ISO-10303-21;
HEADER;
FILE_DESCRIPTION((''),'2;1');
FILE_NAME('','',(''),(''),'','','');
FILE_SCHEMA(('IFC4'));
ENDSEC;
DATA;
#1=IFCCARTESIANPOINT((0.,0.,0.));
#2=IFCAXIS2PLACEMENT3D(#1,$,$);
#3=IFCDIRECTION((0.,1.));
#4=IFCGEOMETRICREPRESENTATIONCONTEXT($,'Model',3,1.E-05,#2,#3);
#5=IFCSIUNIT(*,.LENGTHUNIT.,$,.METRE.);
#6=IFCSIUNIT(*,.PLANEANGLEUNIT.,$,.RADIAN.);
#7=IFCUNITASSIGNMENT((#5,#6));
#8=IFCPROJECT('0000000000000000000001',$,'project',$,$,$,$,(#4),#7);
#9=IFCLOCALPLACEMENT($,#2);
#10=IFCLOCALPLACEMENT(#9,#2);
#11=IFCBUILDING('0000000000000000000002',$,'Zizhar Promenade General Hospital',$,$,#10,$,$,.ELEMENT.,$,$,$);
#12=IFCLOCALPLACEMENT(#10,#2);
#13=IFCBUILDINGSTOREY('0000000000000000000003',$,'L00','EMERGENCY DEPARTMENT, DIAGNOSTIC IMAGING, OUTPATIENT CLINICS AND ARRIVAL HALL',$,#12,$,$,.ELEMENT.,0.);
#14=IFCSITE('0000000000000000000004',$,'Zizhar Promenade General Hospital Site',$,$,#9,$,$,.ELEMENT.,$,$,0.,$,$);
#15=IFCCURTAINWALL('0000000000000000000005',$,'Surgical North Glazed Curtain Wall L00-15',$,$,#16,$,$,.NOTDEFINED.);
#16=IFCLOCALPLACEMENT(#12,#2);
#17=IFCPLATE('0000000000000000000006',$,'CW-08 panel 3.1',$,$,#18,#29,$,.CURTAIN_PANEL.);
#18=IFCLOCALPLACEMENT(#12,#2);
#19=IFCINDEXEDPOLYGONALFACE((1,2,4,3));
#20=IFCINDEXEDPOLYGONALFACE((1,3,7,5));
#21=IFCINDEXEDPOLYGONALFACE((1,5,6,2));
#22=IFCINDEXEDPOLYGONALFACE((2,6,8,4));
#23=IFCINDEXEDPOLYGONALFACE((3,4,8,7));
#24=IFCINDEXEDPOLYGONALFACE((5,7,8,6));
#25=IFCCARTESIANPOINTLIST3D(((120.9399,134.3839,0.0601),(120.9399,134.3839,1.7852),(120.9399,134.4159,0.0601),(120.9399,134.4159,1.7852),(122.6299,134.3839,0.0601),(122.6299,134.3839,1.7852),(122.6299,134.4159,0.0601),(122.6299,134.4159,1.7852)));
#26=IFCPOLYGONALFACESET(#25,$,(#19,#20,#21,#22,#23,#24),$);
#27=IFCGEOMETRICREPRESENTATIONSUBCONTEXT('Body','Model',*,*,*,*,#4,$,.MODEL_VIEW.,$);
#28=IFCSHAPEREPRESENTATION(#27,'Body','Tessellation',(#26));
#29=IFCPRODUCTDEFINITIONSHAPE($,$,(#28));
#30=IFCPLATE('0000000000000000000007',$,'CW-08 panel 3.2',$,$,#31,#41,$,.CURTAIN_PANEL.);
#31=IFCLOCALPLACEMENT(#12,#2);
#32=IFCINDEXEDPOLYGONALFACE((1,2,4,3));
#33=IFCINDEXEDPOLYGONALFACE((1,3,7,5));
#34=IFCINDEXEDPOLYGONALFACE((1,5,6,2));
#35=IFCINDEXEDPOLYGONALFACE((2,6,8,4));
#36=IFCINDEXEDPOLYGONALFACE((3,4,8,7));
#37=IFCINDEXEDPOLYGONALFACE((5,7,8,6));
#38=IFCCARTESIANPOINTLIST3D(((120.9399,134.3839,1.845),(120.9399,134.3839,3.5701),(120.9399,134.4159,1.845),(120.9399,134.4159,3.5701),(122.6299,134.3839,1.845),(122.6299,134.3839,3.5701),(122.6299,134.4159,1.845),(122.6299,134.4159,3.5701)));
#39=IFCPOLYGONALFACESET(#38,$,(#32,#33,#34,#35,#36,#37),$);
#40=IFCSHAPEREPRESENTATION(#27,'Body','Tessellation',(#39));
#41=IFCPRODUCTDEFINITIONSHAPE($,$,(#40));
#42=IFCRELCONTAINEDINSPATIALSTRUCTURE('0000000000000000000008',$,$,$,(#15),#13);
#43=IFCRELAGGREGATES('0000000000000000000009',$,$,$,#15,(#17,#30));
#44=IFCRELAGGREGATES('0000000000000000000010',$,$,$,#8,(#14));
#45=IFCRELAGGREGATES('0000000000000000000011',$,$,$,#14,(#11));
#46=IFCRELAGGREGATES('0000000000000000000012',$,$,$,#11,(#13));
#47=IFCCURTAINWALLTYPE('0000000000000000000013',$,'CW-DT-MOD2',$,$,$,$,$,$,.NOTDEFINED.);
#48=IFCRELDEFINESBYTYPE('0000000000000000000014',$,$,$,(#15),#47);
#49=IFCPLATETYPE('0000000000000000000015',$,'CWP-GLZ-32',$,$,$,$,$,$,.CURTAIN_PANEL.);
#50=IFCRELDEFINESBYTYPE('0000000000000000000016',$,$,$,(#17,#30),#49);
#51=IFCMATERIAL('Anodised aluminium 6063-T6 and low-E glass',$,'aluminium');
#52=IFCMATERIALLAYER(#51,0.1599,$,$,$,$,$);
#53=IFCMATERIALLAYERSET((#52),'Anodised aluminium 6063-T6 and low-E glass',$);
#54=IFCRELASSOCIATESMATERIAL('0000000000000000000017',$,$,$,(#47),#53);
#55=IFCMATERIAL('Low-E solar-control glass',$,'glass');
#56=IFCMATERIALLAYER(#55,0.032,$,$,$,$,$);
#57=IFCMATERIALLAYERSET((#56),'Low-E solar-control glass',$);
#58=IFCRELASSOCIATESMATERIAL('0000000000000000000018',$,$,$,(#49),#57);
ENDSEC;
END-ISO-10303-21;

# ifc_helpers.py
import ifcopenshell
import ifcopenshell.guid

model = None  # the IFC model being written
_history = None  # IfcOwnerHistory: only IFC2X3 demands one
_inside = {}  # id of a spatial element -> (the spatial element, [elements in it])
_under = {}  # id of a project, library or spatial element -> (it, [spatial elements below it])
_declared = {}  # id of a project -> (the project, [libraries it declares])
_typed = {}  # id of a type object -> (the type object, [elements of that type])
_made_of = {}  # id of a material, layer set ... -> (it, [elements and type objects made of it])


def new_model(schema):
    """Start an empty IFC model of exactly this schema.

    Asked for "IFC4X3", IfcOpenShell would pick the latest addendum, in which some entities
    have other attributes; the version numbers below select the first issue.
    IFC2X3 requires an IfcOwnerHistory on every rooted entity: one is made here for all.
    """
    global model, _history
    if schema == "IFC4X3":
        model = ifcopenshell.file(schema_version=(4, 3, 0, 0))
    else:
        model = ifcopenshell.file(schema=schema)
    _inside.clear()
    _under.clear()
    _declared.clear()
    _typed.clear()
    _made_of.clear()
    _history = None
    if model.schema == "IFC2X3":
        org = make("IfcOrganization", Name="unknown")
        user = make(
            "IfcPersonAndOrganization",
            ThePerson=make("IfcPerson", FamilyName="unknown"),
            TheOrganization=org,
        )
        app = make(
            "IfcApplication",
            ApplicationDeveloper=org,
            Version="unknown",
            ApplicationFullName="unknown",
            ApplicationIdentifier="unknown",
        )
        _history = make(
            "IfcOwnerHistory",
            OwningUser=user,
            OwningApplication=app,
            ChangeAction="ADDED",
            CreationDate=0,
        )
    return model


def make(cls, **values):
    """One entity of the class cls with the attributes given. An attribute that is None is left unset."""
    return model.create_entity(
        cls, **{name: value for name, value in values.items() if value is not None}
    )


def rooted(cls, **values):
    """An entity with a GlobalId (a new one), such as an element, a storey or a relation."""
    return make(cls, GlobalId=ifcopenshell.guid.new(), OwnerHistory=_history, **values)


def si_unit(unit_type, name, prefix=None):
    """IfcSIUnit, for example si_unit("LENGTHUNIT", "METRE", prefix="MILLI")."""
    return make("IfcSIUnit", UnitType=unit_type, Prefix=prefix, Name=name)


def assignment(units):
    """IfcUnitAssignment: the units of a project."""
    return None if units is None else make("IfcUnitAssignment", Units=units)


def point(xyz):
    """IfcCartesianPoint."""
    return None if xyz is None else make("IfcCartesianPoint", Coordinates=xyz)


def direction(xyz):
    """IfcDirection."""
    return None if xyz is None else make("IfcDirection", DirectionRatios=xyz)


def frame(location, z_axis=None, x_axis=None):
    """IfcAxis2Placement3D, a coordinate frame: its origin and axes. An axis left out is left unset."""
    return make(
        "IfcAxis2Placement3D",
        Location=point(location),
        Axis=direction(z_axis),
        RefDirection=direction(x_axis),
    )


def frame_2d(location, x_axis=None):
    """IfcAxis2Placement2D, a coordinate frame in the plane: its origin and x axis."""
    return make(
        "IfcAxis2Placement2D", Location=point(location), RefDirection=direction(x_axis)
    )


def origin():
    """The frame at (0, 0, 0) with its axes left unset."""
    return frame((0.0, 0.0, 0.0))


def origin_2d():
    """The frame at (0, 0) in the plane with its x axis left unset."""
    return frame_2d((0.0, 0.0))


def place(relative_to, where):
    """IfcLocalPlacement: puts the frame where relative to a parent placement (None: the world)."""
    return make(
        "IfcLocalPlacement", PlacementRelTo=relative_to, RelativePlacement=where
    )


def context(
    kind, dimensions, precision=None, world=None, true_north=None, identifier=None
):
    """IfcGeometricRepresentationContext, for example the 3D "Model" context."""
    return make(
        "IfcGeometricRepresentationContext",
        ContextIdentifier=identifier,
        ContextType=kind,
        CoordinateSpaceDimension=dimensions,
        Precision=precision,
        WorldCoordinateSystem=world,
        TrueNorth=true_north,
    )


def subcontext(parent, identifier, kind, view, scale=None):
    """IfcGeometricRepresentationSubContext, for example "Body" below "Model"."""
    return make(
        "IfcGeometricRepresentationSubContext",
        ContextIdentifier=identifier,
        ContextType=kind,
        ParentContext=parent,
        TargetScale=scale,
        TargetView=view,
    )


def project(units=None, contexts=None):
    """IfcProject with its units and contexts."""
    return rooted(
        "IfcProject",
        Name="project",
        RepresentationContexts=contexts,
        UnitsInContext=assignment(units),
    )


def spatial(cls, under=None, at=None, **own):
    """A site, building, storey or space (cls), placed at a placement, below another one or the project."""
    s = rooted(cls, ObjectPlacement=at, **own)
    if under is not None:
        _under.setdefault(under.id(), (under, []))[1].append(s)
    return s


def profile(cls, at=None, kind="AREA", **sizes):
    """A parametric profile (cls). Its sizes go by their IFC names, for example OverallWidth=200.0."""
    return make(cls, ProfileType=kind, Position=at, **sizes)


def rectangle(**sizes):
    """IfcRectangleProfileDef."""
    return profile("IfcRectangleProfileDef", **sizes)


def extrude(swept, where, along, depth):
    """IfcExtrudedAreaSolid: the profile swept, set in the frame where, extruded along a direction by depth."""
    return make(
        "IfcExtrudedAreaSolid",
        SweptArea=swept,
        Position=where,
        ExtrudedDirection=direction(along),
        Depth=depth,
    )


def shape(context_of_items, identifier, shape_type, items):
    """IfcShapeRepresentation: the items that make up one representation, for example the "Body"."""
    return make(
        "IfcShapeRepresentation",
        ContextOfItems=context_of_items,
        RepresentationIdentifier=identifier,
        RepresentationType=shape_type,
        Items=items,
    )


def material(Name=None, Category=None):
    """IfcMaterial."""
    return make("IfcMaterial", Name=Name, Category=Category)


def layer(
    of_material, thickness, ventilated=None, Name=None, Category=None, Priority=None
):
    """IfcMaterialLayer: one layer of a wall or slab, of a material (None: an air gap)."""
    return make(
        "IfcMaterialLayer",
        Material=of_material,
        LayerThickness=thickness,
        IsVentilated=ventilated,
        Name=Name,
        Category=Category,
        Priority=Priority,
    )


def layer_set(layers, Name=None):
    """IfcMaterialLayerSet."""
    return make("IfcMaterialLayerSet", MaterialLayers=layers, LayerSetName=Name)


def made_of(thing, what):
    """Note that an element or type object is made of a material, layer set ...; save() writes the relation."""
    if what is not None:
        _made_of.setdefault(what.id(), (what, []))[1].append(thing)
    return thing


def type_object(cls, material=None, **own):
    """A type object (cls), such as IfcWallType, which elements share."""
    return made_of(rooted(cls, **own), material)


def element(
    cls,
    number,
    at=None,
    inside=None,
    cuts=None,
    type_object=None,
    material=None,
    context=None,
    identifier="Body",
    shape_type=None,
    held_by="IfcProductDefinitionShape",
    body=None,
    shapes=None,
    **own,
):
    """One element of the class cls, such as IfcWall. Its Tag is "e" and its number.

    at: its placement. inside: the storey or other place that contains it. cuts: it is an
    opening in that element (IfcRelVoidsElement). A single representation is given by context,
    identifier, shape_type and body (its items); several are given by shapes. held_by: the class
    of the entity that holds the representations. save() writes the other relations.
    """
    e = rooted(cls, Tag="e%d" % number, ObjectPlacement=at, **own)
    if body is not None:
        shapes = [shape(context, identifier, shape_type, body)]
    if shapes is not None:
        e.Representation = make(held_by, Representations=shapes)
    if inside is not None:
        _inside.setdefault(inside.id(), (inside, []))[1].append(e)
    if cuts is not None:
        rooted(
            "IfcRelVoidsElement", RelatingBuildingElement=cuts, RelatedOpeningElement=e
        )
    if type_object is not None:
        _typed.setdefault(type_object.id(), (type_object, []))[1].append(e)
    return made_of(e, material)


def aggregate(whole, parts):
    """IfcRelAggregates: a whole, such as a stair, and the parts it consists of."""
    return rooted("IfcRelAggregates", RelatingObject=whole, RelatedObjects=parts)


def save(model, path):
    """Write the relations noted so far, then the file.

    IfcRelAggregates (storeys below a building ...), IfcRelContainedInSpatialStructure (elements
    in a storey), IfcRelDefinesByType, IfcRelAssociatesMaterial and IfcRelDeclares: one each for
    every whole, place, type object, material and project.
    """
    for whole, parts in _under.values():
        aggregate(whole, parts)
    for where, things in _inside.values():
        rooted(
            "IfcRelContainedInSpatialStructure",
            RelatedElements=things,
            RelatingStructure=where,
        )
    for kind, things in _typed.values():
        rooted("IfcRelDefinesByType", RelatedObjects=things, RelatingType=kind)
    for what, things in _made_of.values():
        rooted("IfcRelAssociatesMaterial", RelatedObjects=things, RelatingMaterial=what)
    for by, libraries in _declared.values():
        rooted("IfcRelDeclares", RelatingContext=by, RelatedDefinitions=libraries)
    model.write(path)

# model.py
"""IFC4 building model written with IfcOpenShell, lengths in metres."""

from ifc_helpers import new_model, si_unit, direction, frame, origin, origin_2d, place, context, subcontext, project, spatial, rectangle, extrude, material, layer, layer_set, type_object, element, aggregate, save


model = new_model("IFC4")

# Units and contexts
model_context = context("Model", 3, precision=1e-05, world=origin(), true_north=direction((0.0, 1.0)))
body_context = subcontext(model_context, "Body", "Model", "MODEL_VIEW")
ifc_project = project(units=[si_unit("LENGTHUNIT", "METRE"), si_unit("PLANEANGLEUNIT", "RADIAN")], contexts=[model_context])

# Site, building, storey
site_placement = place(None, origin())
site = spatial("IfcSite", under=ifc_project, at=site_placement, Name="Zizhar Promenade General Hospital Site", CompositionType="ELEMENT", RefElevation=0.0)
building_placement = place(site_placement, origin())
building = spatial("IfcBuilding", under=site, at=building_placement, Name="Zizhar Promenade General Hospital", CompositionType="ELEMENT")
storey_placement = place(building_placement, origin())
storey = spatial("IfcBuildingStorey", under=building, at=storey_placement, Name="L00", Description="EMERGENCY DEPARTMENT, DIAGNOSTIC IMAGING, OUTPATIENT CLINICS AND ARRIVAL HALL", CompositionType="ELEMENT", Elevation=0.0)

# Curtain wall, plates
ifc_material_1 = material(Name="Anodised aluminium 6063-T6 and low-E glass", Category="aluminium")
ifc_layer_1 = layer(ifc_material_1, 0.1599)
ifc_layer_set_1 = layer_set([ifc_layer_1], Name="Anodised aluminium 6063-T6 and low-E glass")
curtain_wall_type = type_object("IfcCurtainWallType", Name="CW-DT-MOD2", PredefinedType="NOTDEFINED", material=ifc_layer_set_1)
curtain_wall_placement = place(storey_placement, origin())
curtain_wall = element("IfcCurtainWall", 1, at=curtain_wall_placement, inside=storey, type_object=curtain_wall_type, Name="Surgical North Glazed Curtain Wall L00-15", PredefinedType="NOTDEFINED")
ifc_material_2 = material(Name="Low-E solar-control glass", Category="glass")
ifc_layer_2 = layer(ifc_material_2, 0.032)
ifc_layer_set_2 = layer_set([ifc_layer_2], Name="Low-E solar-control glass")
plate_type = type_object("IfcPlateType", Name="CWP-GLZ-32", PredefinedType="CURTAIN_PANEL", material=ifc_layer_set_2)
plate_1_placement = place(storey_placement, frame((121.7849, 134.3999, 0.0601), z_axis=(0.0, 0.0, 1.0), x_axis=(1.0, 0.0, 0.0)))
plate_1 = element("IfcPlate", 2, at=plate_1_placement, type_object=plate_type, Name="CW-08 panel 3.1", PredefinedType="CURTAIN_PANEL", context=body_context, shape_type="SweptSolid", body=[
    extrude(rectangle(XDim=1.6899, YDim=0.032, at=origin_2d()), origin(), (0.0, 0.0, 1.0), 1.7251),
])
plate_2_placement = place(storey_placement, frame((121.7849, 134.3999, 1.845), z_axis=(0.0, 0.0, 1.0), x_axis=(1.0, 0.0, 0.0)))
plate_2 = element("IfcPlate", 3, at=plate_2_placement, type_object=plate_type, Name="CW-08 panel 3.2", PredefinedType="CURTAIN_PANEL", context=body_context, shape_type="SweptSolid", body=[
    extrude(rectangle(XDim=1.6899, YDim=0.032, at=origin_2d()), origin(), (0.0, 0.0, 1.0), 1.7251),
])
aggregate(curtain_wall, [plate_1, plate_2])

save(model, "model.ifc")
